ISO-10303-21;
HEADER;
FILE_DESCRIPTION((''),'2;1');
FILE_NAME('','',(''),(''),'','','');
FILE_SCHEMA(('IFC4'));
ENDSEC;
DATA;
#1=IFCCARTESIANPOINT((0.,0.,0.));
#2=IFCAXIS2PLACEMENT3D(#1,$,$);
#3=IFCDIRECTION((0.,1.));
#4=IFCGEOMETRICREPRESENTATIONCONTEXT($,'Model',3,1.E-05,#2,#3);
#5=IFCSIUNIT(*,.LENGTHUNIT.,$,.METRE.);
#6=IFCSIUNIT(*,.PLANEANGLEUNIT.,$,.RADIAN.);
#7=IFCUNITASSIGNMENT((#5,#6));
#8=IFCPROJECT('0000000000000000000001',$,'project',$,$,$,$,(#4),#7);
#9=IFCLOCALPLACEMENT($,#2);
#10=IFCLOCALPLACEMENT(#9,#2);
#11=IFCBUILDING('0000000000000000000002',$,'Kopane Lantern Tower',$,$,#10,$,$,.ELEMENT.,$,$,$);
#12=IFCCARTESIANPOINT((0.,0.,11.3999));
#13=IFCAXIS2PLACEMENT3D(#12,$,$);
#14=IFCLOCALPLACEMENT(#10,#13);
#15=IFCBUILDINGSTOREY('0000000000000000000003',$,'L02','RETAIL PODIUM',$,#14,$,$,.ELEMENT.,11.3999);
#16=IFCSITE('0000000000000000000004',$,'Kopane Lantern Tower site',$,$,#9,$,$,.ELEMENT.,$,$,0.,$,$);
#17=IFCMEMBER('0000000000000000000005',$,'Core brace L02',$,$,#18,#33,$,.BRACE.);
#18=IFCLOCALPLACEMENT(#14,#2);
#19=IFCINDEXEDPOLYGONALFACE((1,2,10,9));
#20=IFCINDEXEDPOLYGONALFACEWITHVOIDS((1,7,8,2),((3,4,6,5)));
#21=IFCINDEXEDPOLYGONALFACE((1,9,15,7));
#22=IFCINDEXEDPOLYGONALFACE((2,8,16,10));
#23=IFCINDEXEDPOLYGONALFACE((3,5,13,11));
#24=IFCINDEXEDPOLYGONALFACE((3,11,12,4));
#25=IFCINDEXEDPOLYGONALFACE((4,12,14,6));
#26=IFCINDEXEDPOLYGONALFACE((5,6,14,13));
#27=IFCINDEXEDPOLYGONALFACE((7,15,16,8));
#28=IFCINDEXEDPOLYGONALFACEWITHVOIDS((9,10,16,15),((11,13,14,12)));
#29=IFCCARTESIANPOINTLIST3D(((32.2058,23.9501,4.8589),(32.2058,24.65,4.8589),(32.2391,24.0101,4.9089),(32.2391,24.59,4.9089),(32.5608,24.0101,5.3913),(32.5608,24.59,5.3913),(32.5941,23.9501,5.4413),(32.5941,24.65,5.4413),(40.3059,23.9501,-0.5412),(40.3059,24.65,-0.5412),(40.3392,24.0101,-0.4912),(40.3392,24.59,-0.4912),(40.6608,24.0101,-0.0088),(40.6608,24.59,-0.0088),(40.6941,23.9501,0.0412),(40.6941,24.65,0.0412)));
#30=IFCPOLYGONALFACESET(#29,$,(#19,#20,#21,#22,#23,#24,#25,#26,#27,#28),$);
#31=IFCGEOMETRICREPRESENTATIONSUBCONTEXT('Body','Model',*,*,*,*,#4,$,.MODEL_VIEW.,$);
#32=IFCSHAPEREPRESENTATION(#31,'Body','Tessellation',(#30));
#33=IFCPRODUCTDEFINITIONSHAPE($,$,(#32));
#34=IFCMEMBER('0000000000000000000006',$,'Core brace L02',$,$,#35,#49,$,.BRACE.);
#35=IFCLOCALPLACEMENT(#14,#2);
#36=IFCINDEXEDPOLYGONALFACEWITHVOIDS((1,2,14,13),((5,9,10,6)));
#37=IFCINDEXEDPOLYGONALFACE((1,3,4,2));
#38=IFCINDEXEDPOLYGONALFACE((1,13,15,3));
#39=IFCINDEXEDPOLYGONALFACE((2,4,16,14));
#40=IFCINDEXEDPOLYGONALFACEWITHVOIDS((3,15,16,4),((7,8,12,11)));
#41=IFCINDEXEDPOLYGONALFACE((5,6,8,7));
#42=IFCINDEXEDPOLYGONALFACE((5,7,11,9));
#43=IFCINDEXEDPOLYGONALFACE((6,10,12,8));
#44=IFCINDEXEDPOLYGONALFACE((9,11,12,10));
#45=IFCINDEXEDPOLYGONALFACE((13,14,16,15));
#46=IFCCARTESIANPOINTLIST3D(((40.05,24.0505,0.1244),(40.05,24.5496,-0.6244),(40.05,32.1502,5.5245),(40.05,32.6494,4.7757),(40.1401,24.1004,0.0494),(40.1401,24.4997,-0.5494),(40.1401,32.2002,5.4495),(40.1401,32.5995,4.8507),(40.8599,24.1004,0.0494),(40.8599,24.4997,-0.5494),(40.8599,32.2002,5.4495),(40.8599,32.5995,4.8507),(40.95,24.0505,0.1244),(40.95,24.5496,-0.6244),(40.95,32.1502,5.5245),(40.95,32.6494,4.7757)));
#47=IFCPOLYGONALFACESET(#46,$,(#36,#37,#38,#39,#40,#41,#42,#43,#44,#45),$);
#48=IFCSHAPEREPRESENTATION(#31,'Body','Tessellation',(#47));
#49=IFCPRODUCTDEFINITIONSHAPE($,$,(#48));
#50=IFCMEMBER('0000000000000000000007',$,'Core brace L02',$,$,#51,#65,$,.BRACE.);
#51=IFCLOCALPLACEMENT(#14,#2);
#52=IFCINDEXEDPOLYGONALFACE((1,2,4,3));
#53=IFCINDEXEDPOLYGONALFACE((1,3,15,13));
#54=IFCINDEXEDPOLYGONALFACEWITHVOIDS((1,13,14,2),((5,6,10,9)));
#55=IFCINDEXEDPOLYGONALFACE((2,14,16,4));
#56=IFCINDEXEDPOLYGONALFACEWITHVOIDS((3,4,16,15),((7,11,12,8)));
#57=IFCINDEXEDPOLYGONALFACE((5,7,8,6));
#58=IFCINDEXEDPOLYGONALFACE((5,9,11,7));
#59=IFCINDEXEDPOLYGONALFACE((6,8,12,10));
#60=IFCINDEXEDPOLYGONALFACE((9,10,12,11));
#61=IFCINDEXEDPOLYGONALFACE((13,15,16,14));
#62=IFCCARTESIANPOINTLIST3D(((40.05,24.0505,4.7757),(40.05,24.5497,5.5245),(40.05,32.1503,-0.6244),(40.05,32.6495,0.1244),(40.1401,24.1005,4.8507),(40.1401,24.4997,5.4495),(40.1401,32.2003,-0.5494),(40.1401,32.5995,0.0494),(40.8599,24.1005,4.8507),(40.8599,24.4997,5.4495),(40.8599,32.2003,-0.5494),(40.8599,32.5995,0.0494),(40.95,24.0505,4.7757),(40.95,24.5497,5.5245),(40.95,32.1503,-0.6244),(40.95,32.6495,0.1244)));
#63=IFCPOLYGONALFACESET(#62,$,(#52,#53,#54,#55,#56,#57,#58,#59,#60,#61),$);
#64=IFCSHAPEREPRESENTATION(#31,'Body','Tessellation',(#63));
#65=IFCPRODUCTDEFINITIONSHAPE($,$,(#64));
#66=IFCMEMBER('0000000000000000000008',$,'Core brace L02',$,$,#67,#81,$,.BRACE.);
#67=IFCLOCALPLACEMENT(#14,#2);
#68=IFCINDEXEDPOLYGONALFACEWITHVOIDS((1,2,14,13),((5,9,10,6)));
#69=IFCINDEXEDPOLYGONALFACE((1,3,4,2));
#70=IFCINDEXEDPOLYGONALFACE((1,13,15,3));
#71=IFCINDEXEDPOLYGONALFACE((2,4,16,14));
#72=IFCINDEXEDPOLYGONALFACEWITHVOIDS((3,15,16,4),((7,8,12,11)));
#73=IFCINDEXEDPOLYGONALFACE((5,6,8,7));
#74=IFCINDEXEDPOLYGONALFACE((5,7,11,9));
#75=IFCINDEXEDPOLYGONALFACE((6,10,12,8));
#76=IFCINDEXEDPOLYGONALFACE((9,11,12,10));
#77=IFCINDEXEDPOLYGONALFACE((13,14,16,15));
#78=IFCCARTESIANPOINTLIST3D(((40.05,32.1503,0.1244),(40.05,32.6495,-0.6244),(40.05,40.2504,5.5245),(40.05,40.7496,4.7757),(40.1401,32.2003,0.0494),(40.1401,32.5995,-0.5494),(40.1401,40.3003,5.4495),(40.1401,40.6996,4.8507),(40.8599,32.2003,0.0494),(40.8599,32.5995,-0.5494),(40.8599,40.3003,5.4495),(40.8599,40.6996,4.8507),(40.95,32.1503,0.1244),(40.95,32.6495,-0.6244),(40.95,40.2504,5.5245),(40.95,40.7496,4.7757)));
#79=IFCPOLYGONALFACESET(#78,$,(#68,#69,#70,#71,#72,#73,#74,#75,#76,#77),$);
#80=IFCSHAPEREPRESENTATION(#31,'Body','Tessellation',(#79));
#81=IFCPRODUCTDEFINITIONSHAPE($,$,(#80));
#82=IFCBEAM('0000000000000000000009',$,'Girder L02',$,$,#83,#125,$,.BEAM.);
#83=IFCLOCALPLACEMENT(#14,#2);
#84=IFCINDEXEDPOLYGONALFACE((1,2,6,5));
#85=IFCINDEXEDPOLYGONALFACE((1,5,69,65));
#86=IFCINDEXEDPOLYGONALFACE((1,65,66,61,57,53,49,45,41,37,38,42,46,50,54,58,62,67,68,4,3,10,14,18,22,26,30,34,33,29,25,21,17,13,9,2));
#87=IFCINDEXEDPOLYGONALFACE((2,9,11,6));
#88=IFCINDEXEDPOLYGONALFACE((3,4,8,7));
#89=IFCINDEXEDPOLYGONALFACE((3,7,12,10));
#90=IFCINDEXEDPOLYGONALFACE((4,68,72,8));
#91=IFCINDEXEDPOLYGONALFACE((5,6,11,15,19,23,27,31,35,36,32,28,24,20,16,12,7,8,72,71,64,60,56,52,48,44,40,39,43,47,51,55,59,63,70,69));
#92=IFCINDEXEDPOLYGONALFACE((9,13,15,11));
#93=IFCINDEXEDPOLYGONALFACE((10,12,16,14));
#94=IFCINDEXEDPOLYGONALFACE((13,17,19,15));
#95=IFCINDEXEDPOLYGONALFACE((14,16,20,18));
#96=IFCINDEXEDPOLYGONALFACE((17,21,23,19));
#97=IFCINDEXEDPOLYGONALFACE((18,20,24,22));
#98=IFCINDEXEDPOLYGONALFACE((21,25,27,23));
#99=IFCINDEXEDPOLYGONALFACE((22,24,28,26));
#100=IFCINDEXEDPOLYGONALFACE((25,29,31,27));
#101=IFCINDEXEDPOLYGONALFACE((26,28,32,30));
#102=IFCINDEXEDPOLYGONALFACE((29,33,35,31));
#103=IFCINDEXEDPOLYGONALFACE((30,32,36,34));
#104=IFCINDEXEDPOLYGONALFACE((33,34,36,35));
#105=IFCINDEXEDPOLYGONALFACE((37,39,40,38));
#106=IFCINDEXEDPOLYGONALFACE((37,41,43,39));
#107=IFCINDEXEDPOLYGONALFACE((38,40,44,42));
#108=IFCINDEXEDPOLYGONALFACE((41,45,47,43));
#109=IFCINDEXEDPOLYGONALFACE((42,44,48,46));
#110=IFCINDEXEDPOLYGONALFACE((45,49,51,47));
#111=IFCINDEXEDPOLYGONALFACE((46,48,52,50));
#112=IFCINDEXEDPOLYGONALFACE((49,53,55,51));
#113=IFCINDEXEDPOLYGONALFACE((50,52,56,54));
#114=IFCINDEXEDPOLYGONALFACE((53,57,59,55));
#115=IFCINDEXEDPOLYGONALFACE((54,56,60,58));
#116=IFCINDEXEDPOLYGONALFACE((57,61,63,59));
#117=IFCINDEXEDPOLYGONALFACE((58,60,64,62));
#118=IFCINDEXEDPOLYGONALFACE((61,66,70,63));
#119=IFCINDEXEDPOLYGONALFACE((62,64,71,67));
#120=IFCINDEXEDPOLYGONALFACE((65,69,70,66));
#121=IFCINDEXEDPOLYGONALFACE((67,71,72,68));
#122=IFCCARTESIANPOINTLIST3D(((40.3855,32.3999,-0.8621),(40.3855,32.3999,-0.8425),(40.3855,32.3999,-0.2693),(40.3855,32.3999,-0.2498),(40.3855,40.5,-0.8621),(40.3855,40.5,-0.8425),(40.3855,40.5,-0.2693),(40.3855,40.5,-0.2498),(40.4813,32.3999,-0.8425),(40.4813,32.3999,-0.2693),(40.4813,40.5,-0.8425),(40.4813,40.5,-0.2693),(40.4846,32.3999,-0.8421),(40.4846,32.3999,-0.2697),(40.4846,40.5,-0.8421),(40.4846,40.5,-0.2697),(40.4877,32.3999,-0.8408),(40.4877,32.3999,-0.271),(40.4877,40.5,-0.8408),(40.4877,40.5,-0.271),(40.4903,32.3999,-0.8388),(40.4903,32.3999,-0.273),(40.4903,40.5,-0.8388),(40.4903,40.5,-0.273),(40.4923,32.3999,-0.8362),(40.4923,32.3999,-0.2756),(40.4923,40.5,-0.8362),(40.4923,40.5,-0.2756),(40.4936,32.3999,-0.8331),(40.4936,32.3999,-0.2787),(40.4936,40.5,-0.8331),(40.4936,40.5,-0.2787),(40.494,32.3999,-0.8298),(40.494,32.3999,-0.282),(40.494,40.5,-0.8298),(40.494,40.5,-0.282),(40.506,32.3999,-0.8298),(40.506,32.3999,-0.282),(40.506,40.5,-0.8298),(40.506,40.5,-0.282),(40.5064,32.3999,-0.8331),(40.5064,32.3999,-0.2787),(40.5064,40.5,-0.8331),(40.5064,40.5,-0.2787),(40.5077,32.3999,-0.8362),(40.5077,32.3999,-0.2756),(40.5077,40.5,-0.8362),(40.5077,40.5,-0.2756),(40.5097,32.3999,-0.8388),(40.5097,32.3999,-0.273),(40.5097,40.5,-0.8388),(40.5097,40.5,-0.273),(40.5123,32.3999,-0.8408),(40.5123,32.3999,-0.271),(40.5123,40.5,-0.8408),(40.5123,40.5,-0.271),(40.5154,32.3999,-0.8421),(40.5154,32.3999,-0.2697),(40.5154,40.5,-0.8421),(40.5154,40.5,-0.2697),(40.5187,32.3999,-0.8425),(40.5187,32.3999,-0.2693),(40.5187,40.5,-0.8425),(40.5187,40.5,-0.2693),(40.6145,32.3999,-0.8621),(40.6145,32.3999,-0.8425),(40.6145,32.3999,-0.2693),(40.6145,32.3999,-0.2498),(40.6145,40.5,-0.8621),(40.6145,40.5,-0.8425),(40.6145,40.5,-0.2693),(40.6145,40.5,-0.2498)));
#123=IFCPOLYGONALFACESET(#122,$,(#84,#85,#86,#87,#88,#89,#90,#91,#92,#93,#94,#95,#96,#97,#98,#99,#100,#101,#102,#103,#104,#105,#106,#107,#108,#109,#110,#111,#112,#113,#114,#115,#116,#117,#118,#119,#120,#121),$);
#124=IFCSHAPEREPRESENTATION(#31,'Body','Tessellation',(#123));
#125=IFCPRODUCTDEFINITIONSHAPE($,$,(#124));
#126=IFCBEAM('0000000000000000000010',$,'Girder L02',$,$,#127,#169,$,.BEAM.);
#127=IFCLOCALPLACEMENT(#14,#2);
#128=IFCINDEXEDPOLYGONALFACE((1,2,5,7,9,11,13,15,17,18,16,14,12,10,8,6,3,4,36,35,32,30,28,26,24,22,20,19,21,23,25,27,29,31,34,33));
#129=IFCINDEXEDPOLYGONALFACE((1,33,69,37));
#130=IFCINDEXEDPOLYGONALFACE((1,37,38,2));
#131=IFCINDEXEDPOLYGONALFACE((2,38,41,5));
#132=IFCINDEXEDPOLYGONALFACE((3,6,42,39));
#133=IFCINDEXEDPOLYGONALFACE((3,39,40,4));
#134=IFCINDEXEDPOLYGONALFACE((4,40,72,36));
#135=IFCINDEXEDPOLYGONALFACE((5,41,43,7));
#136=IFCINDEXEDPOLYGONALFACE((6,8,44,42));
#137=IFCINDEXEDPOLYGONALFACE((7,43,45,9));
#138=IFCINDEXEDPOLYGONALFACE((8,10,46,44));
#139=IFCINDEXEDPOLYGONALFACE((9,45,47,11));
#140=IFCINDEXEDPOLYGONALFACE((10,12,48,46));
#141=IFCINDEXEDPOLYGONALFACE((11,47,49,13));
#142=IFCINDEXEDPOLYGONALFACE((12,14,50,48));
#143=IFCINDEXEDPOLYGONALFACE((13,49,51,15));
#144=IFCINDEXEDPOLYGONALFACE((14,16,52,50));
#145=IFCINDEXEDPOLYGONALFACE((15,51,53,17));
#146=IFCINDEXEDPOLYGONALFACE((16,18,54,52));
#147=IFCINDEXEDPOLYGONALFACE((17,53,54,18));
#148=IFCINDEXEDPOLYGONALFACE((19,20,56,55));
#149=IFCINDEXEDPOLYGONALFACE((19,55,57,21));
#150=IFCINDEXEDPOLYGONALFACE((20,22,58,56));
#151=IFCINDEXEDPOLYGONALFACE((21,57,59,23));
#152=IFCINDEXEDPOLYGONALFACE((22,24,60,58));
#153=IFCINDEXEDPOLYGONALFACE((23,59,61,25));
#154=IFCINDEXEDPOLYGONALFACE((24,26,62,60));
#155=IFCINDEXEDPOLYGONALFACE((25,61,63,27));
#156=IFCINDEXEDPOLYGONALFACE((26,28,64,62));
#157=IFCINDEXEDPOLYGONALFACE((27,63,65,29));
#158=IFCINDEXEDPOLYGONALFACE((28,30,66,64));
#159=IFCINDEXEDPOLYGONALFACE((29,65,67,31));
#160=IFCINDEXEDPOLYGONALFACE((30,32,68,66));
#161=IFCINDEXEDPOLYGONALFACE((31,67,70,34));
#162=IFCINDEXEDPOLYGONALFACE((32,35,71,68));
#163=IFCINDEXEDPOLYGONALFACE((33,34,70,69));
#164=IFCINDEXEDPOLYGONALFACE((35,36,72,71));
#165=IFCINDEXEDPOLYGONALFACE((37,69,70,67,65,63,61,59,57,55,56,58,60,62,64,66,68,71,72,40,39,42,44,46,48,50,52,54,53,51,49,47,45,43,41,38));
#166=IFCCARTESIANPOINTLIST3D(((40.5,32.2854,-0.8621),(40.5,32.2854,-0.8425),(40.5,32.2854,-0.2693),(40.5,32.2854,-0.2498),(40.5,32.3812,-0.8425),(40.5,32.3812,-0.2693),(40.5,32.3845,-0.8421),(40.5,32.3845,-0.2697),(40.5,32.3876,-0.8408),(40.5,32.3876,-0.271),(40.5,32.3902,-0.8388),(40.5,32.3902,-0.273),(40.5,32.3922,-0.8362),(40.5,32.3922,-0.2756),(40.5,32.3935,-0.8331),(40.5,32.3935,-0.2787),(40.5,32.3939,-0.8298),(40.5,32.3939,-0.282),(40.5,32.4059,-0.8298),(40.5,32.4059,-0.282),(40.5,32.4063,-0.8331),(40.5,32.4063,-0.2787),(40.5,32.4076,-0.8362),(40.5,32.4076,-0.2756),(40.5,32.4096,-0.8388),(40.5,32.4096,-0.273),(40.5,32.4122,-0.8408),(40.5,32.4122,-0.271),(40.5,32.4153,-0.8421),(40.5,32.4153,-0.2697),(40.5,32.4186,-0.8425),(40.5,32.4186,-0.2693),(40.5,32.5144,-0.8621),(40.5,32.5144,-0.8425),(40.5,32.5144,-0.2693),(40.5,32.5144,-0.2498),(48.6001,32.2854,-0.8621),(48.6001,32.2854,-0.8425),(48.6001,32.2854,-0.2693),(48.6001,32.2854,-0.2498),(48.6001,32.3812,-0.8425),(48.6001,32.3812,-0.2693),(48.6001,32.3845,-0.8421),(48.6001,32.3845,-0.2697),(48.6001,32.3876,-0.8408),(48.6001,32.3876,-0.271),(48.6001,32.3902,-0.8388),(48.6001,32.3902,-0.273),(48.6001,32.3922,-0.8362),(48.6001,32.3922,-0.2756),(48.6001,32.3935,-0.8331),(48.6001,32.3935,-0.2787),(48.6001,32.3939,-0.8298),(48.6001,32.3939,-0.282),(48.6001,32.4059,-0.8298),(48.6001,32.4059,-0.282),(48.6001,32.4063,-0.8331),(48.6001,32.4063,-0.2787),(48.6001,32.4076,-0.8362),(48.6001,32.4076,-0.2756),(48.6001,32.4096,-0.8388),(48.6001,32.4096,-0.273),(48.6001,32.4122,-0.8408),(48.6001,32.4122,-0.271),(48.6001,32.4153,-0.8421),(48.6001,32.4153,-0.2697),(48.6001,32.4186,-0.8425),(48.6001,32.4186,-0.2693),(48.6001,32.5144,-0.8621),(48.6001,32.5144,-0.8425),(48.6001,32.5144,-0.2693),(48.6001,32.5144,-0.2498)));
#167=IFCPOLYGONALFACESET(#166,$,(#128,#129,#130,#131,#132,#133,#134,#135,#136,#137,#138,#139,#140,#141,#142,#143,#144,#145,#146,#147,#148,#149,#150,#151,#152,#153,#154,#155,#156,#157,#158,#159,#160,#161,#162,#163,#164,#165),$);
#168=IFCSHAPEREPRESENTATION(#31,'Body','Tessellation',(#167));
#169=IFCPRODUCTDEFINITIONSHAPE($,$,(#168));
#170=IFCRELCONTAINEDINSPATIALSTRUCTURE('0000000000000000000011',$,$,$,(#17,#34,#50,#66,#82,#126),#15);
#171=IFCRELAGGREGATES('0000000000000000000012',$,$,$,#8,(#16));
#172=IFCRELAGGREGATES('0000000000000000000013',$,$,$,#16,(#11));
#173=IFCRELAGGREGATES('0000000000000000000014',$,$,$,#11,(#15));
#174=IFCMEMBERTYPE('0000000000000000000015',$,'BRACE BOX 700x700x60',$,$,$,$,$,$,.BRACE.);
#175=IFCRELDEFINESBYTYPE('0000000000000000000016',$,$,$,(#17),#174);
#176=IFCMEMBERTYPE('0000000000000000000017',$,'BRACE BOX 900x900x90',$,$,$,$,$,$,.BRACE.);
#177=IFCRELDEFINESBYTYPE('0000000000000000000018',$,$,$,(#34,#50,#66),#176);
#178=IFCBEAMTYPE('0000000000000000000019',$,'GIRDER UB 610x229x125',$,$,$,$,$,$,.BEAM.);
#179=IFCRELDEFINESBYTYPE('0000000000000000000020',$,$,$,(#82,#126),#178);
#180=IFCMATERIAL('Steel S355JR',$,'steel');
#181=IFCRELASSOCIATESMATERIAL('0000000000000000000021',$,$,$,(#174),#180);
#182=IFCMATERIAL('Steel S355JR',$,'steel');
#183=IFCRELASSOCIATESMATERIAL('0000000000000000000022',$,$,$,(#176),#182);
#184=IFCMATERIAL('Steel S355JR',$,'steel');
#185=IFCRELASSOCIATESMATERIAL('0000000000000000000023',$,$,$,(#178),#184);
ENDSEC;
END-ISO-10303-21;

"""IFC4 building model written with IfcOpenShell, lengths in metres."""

from ifc_helpers import new_model, si_unit, direction, frame, origin, origin_2d, place, context, subcontext, project, spatial, hollow_rectangle, i_section, extrude, material, material_profile, profile_set, type_object, element, save


model = new_model("IFC4")

# Units and contexts
model_context = context("Model", 3, precision=1e-05, world=origin(), true_north=direction((0.0, 1.0)))
body_context = subcontext(model_context, "Body", "Model", "MODEL_VIEW")
ifc_project = project(units=[si_unit("LENGTHUNIT", "METRE"), si_unit("PLANEANGLEUNIT", "RADIAN")], contexts=[model_context])

# Site, building, storey
site_placement = place(None, origin())
site = spatial("IfcSite", under=ifc_project, at=site_placement, Name="Kopane Lantern Tower site", CompositionType="ELEMENT", RefElevation=0.0)
building_placement = place(site_placement, origin())
building = spatial("IfcBuilding", under=site, at=building_placement, Name="Kopane Lantern Tower", CompositionType="ELEMENT")
storey_placement = place(building_placement, frame((0.0, 0.0, 11.3999)))
storey = spatial("IfcBuildingStorey", under=building, at=storey_placement, Name="L02", Description="RETAIL PODIUM", CompositionType="ELEMENT", Elevation=11.3999)

# Members
ifc_material_1 = material(Name="Steel S355JR", Category="steel")
ifc_material_profile_1 = material_profile(ifc_material_1, hollow_rectangle(XDim=0.7, YDim=0.7, WallThickness=0.0601, at=origin_2d()), Name="BOX 700x700x60")
ifc_profile_set_1 = profile_set([ifc_material_profile_1], Name="Steel S355JR")
member_type_1 = type_object("IfcMemberType", Name="BRACE BOX 700x700x60", PredefinedType="BRACE", material=ifc_profile_set_1)
member_1_placement = place(storey_placement, frame((40.5, 24.3, -0.25), z_axis=(-0.832046, 0.0, 0.554706), x_axis=(0.0, -1.0, 0.0)))
element("IfcMember", 1, at=member_1_placement, inside=storey, type_object=member_type_1, Name="Core brace L02", PredefinedType="BRACE", context=body_context, shape_type="SweptSolid", body=[
    extrude(hollow_rectangle(XDim=0.7, YDim=0.7, WallThickness=0.0601, at=origin_2d()), origin(), (0.0, 0.0, 1.0), 9.7351),
])
ifc_material_2 = material(Name="Steel S355JR", Category="steel")
ifc_material_profile_2 = material_profile(ifc_material_2, hollow_rectangle(XDim=0.8999, YDim=0.8999, WallThickness=0.0901, at=origin_2d()), Name="BOX 900x900x90")
ifc_profile_set_2 = profile_set([ifc_material_profile_2], Name="Steel S355JR")
member_type_2 = type_object("IfcMemberType", Name="BRACE BOX 900x900x90", PredefinedType="BRACE", material=ifc_profile_set_2)
for number, where, z_axis, x_axis, name in (
    (2, (40.5, 24.3, -0.25), (0.0, 0.832039, 0.554718), (-1.0, 0.0, 0.0), "Core brace L02"),
    (3, (40.5, 32.3999, -0.25), (0.0, -0.832039, 0.554718), (1.0, 0.0, 0.0), "Core brace L02"),
):
    element("IfcMember", number, at=place(storey_placement, frame(where, z_axis=z_axis, x_axis=x_axis)), inside=storey, type_object=member_type_2, Name=name, PredefinedType="BRACE", context=body_context, shape_type="SweptSolid", body=[
        extrude(hollow_rectangle(XDim=0.8999, YDim=0.8999, WallThickness=0.0901, at=origin_2d()), origin(), (0.0, 0.0, 1.0), 9.7349),
    ])
member_2_placement = place(storey_placement, frame((40.5, 32.3999, -0.25), z_axis=(0.0, 0.832046, 0.554706), x_axis=(-1.0, 0.0, 0.0)))
element("IfcMember", 4, at=member_2_placement, inside=storey, type_object=member_type_2, Name="Core brace L02", PredefinedType="BRACE", context=body_context, shape_type="SweptSolid", body=[
    extrude(hollow_rectangle(XDim=0.8999, YDim=0.8999, WallThickness=0.0901, at=origin_2d()), origin(), (0.0, 0.0, 1.0), 9.7351),
])

# Beams
ifc_material_3 = material(Name="Steel S355JR", Category="steel")
ifc_material_profile_3 = material_profile(ifc_material_3, i_section(OverallWidth=0.229, OverallDepth=0.6123, WebThickness=0.012, FlangeThickness=0.0195, FilletRadius=0.0127, at=origin_2d()), Name="UB 610x229x125")
ifc_profile_set_3 = profile_set([ifc_material_profile_3], Name="Steel S355JR")
beam_type_1 = type_object("IfcBeamType", Name="GIRDER UB 610x229x125", PredefinedType="BEAM", material=ifc_profile_set_3)
for number, where, z_axis, x_axis, name in (
    (5, (40.5, 32.3999, -0.5559), (0.0, 1.0, 0.0), (-1.0, 0.0, 0.0), "Girder L02"),
    (6, (40.5, 32.3999, -0.5559), (1.0, 0.0, 0.0), (0.0, 1.0, 0.0), "Girder L02"),
):
    element("IfcBeam", number, at=place(storey_placement, frame(where, z_axis=z_axis, x_axis=x_axis)), inside=storey, type_object=beam_type_1, Name=name, PredefinedType="BEAM", context=body_context, shape_type="SweptSolid", body=[
        extrude(i_section(OverallWidth=0.229, OverallDepth=0.6123, WebThickness=0.012, FlangeThickness=0.0195, FilletRadius=0.0127, at=origin_2d()), origin(), (0.0, 0.0, 1.0), 8.1001),
    ])

save(model, "model.ifc")
